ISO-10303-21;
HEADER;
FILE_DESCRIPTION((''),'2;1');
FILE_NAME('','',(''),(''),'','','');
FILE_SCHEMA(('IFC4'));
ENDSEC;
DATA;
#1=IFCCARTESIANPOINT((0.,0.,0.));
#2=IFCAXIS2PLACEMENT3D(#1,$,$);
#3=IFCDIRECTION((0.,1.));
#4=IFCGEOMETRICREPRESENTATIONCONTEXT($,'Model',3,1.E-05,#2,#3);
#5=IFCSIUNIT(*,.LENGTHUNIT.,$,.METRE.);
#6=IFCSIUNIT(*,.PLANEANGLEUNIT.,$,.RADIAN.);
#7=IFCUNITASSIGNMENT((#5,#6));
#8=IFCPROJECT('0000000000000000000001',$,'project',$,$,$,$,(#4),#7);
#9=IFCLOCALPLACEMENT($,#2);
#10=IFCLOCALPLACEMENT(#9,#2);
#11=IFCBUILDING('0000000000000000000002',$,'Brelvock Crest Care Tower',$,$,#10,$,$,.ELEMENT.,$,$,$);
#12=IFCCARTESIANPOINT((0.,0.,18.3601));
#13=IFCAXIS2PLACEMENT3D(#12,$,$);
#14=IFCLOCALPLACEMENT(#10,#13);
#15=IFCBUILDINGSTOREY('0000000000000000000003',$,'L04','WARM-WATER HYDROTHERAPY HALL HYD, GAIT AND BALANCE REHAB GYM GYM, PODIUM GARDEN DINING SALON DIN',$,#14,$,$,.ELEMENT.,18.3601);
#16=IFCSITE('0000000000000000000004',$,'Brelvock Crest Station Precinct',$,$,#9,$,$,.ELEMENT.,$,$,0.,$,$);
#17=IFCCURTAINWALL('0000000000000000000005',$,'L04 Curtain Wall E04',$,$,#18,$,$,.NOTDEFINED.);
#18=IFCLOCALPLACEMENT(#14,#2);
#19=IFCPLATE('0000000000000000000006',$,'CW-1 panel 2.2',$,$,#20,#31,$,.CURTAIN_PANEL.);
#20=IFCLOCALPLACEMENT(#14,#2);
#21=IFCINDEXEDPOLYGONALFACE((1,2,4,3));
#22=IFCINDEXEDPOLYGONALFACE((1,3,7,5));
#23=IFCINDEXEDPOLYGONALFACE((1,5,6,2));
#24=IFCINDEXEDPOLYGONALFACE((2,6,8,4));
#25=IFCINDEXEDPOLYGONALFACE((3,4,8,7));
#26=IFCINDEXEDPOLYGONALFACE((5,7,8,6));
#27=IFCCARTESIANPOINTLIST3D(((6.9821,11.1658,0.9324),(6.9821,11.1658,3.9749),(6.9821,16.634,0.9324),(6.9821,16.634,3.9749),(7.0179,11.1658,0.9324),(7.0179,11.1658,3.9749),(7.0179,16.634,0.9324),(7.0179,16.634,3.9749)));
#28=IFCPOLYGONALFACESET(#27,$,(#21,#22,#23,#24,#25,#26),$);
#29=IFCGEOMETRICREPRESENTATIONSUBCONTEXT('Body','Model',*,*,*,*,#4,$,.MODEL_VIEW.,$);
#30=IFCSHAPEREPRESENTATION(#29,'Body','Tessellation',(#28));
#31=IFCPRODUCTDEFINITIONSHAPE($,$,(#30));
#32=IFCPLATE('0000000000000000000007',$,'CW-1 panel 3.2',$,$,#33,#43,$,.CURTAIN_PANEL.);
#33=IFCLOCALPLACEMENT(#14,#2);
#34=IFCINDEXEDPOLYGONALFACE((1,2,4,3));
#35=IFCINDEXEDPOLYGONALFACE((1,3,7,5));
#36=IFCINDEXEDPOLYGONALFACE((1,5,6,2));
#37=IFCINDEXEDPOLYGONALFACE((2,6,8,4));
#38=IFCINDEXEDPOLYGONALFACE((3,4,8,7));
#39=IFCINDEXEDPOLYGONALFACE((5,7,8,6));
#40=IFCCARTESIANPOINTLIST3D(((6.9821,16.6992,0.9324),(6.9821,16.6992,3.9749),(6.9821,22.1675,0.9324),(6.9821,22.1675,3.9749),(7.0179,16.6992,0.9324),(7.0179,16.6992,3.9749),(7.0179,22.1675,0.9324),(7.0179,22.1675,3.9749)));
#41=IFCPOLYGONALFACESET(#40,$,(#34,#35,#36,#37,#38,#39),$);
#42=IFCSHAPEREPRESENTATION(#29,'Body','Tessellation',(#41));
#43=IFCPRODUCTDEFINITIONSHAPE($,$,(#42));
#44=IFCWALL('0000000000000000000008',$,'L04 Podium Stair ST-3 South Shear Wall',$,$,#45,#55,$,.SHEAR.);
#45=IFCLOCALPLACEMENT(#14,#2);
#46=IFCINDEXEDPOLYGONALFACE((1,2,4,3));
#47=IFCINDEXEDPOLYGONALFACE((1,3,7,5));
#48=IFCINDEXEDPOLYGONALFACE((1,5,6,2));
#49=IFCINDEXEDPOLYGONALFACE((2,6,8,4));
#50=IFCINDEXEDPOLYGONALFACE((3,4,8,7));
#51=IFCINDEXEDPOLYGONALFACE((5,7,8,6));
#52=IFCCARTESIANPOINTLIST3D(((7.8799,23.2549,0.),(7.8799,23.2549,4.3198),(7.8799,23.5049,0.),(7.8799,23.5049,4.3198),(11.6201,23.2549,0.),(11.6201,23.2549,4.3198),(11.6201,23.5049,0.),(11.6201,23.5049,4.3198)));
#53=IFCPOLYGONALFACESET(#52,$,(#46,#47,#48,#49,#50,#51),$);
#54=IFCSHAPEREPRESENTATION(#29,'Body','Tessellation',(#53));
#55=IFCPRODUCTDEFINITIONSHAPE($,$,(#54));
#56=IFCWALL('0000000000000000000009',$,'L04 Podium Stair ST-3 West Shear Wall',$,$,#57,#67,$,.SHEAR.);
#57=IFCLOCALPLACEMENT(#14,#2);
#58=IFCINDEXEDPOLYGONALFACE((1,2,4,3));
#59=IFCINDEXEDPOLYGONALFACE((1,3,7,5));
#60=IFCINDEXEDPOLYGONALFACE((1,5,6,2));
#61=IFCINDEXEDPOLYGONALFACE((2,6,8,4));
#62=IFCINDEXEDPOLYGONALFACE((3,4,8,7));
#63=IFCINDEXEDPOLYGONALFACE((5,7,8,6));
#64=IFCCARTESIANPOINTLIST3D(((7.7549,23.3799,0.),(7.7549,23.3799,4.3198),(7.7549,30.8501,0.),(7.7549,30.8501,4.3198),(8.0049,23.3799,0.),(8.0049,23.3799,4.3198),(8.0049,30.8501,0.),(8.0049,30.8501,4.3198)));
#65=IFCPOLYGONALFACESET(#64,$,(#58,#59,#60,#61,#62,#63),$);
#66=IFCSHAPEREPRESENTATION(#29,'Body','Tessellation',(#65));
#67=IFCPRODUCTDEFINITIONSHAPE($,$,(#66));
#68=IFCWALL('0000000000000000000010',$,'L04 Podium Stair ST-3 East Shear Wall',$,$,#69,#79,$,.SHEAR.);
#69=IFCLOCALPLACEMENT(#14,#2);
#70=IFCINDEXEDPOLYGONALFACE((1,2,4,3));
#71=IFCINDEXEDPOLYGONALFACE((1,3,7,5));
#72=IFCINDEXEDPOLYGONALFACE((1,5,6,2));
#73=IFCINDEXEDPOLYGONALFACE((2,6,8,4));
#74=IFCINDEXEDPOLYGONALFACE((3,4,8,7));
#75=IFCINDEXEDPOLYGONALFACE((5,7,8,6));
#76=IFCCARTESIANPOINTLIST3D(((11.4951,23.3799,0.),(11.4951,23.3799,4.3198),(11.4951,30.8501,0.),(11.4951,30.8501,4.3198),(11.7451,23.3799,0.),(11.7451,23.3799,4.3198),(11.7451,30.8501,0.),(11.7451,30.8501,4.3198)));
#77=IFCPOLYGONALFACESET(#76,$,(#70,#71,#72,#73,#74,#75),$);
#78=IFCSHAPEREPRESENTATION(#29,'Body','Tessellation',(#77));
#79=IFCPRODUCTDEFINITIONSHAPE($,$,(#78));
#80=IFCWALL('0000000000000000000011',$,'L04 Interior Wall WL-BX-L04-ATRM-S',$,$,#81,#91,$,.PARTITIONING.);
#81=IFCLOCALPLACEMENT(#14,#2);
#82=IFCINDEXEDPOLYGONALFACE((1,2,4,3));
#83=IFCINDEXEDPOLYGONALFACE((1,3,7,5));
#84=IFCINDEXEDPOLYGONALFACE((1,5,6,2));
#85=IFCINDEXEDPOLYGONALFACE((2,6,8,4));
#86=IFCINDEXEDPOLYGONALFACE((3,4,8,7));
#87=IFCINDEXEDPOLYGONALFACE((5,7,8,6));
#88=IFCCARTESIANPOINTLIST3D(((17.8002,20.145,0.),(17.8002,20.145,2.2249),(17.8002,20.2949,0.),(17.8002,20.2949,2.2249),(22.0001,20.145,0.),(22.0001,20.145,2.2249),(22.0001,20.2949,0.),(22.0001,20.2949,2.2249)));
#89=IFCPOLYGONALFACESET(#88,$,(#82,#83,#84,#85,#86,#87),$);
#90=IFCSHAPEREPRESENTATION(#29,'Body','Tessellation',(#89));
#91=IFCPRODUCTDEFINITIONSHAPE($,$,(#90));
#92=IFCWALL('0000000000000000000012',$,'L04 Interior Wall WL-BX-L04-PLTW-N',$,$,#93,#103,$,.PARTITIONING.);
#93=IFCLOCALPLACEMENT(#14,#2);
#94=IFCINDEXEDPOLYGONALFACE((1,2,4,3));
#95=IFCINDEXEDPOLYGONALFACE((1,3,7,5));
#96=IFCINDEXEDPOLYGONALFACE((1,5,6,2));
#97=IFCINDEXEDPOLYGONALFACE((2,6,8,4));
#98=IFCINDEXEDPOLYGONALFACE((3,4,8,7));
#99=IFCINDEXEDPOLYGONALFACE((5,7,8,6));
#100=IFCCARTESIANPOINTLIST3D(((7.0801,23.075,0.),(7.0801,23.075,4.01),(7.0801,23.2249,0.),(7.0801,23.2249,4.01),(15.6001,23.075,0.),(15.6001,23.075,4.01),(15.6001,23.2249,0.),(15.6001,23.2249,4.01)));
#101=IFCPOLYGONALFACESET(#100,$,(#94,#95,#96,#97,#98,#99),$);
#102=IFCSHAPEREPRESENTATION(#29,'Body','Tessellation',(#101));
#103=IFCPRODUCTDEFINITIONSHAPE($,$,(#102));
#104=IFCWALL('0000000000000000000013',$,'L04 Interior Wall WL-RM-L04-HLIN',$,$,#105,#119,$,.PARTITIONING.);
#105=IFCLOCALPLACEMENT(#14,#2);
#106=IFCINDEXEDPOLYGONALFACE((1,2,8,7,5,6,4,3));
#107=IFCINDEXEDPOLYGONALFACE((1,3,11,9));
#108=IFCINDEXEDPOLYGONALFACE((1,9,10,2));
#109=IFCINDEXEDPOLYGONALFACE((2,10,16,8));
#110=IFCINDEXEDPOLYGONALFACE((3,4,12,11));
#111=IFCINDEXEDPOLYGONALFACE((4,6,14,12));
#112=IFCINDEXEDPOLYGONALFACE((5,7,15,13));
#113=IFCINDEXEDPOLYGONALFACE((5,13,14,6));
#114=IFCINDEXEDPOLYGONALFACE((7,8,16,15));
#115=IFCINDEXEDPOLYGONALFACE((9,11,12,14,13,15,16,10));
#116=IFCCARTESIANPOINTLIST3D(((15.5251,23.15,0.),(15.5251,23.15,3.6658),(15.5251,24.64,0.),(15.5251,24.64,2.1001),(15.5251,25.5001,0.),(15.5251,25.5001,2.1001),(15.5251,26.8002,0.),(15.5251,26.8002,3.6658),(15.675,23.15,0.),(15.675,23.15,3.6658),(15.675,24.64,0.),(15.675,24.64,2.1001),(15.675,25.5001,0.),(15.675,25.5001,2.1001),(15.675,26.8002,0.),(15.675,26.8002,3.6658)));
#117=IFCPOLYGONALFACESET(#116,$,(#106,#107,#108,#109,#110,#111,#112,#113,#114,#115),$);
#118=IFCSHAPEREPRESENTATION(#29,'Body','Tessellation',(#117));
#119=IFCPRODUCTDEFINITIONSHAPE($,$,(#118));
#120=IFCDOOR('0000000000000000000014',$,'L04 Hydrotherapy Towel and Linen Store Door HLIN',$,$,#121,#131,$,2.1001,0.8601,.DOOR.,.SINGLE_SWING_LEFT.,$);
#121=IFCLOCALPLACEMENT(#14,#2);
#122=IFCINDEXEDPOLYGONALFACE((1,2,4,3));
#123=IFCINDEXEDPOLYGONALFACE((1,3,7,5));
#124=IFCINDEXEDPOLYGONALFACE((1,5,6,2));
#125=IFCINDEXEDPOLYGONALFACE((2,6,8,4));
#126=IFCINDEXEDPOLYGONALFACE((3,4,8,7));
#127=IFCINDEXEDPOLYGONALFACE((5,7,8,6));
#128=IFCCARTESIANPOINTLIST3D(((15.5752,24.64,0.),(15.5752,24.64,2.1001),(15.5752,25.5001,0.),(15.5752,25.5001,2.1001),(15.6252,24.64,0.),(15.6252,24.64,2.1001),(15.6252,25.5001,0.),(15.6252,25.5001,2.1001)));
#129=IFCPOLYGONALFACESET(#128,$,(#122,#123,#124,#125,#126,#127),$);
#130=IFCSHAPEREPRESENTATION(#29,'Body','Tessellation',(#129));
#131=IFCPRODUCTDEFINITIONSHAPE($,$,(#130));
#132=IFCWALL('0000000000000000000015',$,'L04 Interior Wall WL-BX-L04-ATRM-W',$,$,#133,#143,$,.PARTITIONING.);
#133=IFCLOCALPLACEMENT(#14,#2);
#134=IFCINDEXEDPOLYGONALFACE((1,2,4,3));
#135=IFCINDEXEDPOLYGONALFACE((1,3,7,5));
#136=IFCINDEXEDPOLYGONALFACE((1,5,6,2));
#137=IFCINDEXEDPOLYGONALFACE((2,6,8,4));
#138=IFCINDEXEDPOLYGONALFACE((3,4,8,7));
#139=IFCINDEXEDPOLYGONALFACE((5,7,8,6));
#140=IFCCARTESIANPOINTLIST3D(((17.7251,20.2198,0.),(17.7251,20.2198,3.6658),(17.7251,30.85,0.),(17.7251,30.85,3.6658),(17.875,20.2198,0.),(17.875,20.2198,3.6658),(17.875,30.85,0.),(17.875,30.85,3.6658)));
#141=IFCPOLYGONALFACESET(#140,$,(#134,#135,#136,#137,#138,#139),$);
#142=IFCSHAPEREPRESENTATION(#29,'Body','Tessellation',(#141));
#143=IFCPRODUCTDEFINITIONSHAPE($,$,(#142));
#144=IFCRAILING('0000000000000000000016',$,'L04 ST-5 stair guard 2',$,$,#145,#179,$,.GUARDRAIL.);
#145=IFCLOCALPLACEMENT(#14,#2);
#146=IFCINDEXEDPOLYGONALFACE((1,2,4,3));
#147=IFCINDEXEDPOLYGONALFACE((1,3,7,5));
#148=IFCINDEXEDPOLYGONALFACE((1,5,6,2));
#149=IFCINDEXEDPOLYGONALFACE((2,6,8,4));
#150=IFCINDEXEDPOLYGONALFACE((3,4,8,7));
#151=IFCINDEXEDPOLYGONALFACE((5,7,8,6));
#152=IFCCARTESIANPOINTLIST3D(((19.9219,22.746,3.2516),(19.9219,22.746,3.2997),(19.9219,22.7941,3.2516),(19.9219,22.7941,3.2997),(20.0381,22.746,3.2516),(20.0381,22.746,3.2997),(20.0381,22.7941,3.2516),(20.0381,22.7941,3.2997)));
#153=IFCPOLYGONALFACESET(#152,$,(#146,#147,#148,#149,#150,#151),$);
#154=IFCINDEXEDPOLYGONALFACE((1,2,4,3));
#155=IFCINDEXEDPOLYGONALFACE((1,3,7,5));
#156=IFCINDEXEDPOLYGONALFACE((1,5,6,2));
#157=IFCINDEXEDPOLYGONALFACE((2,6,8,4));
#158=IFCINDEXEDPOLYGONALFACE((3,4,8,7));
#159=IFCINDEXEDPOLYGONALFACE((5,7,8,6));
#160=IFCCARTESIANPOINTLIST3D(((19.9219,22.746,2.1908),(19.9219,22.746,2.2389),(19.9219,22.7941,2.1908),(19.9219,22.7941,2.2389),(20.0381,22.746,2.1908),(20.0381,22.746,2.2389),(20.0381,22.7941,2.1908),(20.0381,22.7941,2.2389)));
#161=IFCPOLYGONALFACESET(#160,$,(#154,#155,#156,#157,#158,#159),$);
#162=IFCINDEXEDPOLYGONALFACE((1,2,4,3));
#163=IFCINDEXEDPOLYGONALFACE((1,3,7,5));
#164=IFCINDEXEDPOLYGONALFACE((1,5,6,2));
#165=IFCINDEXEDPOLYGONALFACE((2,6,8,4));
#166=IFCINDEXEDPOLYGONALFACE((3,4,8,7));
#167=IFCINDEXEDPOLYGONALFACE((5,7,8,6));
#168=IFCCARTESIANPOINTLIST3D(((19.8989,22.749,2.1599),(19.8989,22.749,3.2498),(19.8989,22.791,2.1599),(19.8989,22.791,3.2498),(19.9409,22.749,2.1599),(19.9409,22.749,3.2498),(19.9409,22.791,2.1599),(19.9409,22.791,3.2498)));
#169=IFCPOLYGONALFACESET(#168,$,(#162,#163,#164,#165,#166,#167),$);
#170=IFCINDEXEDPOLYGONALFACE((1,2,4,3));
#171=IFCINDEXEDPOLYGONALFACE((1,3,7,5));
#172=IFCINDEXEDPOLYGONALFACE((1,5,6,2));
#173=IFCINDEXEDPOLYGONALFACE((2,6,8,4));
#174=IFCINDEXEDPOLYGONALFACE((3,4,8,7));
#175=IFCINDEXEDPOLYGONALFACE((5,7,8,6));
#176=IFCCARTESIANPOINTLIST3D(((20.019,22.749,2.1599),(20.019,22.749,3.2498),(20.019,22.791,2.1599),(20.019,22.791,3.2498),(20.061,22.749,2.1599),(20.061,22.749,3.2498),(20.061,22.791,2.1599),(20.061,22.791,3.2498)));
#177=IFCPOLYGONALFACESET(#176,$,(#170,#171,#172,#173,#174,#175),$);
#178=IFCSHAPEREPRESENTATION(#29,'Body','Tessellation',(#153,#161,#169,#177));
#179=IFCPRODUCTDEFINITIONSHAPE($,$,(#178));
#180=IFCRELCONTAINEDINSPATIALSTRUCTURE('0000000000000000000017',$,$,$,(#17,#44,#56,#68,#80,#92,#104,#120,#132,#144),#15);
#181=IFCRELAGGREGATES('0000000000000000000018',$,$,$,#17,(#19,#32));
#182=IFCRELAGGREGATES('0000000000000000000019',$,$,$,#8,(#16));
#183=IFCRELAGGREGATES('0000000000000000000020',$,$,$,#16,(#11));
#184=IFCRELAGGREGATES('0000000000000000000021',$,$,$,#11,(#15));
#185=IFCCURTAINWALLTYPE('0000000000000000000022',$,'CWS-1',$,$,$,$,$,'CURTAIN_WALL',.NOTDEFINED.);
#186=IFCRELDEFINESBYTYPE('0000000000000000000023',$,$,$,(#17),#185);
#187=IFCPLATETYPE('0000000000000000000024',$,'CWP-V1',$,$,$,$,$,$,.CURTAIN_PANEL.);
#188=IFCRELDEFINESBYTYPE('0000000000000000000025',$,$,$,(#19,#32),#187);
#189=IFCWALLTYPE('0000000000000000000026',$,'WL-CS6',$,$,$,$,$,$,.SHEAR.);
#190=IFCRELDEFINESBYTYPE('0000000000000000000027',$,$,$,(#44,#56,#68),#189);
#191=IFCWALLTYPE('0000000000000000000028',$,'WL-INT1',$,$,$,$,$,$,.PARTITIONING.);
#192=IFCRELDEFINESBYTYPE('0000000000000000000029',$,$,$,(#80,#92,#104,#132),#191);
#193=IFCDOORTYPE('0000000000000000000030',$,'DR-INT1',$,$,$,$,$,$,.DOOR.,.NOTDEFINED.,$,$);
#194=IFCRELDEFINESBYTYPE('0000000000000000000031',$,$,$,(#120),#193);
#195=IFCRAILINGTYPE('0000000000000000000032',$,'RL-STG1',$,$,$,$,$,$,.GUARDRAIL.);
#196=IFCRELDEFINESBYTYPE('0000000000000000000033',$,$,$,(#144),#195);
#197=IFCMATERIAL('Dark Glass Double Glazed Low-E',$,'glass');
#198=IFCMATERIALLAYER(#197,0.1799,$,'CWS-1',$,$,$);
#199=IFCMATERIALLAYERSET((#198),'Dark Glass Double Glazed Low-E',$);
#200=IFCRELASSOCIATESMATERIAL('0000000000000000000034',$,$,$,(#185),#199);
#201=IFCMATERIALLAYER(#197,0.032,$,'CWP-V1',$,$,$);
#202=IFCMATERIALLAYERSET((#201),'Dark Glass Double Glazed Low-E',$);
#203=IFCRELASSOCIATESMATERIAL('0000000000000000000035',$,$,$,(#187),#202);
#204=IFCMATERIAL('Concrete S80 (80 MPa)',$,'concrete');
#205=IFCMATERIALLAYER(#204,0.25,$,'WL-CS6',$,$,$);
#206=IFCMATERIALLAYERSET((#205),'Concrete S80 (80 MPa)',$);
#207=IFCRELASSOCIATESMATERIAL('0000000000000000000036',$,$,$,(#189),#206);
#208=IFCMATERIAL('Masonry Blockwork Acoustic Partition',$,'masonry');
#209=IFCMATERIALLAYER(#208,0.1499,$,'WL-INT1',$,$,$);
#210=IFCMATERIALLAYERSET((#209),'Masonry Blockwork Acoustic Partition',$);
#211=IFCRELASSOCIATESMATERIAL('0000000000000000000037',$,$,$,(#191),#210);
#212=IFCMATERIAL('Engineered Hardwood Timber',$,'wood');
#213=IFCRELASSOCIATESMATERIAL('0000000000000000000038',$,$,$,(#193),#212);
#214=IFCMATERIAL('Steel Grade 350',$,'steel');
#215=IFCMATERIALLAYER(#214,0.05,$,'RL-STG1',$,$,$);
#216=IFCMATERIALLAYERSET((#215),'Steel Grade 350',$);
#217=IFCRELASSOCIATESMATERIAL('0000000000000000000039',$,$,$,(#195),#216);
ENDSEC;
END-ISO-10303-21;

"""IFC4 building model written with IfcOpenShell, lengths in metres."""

from ifc_helpers import new_model, si_unit, direction, frame, frame_2d, origin, origin_2d, place, context, subcontext, project, spatial, rectangle, extrude, source, transform, mapped, material, layer, layer_set, type_object, element, fill, aggregate, save


model = new_model("IFC4")

# Units and contexts
model_context = context("Model", 3, precision=1e-05, world=origin(), true_north=direction((0.0, 1.0)))
body_context = subcontext(model_context, "Body", "Model", "MODEL_VIEW")
ifc_project = project(units=[si_unit("LENGTHUNIT", "METRE"), si_unit("PLANEANGLEUNIT", "RADIAN")], contexts=[model_context])

# Site, building, storey
site_placement = place(None, origin())
site = spatial("IfcSite", under=ifc_project, at=site_placement, Name="Brelvock Crest Station Precinct", CompositionType="ELEMENT", RefElevation=0.0)
building_placement = place(site_placement, origin())
building = spatial("IfcBuilding", under=site, at=building_placement, Name="Brelvock Crest Care Tower", CompositionType="ELEMENT")
storey_placement = place(building_placement, frame((0.0, 0.0, 18.3601)))
storey = spatial("IfcBuildingStorey", under=building, at=storey_placement, Name="L04", Description="WARM-WATER HYDROTHERAPY HALL HYD, GAIT AND BALANCE REHAB GYM GYM, PODIUM GARDEN DINING SALON DIN", CompositionType="ELEMENT", Elevation=18.3601)

# Shared definitions
ifc_material_1 = material(Name="Steel Grade 350", Category="steel")

# Curtain wall, plates
ifc_material_2 = material(Name="Dark Glass Double Glazed Low-E", Category="glass")
ifc_layer_1 = layer(ifc_material_2, 0.1799, Name="CWS-1")
ifc_layer_set_1 = layer_set([ifc_layer_1], Name="Dark Glass Double Glazed Low-E")
curtain_wall_type = type_object("IfcCurtainWallType", Name="CWS-1", ElementType="CURTAIN_WALL", PredefinedType="NOTDEFINED", material=ifc_layer_set_1)
curtain_wall_placement = place(storey_placement, origin())
curtain_wall = element("IfcCurtainWall", 1, at=curtain_wall_placement, inside=storey, type_object=curtain_wall_type, Name="L04 Curtain Wall E04", PredefinedType="NOTDEFINED")
ifc_layer_2 = layer(ifc_material_2, 0.032, Name="CWP-V1")
ifc_layer_set_2 = layer_set([ifc_layer_2], Name="Dark Glass Double Glazed Low-E")
plate_type_1 = type_object("IfcPlateType", Name="CWP-V1", PredefinedType="CURTAIN_PANEL", material=ifc_layer_set_2)
shared_shape_1 = source(origin(), body_context, "Body", "SweptSolid", [
    extrude(rectangle(XDim=5.4683, YDim=0.0359, at=origin_2d()), origin(), (0.0, 0.0, 1.0), 3.0425),
])
plate_1_placement = place(storey_placement, frame((7.0, 13.8999, 0.9324), z_axis=(0.0, 0.0, 1.0), x_axis=(0.0, 1.0, 0.0)))
plate_1 = element("IfcPlate", 2, at=plate_1_placement, type_object=plate_type_1, Name="CW-1 panel 2.2", PredefinedType="CURTAIN_PANEL", context=body_context, shape_type="MappedRepresentation", body=[
    mapped(shared_shape_1, transform((0.0, 0.0, 0.0), x_axis=(1.0, 0.0, 0.0), y_axis=(0.0, 1.0, 0.0), z_axis=(0.0, 0.0, 1.0), scale=1.0)),
])
plate_2_placement = place(storey_placement, frame((7.0, 19.4333, 0.9324), z_axis=(0.0, 0.0, 1.0), x_axis=(0.0, 1.0, 0.0)))
plate_2 = element("IfcPlate", 3, at=plate_2_placement, type_object=plate_type_1, Name="CW-1 panel 3.2", PredefinedType="CURTAIN_PANEL", context=body_context, shape_type="MappedRepresentation", body=[
    mapped(shared_shape_1, transform((0.0, 0.0, 0.0), x_axis=(1.0, 0.0, 0.0), y_axis=(0.0, 1.0, 0.0), z_axis=(0.0, 0.0, 1.0), scale=1.0)),
])
aggregate(curtain_wall, [plate_1, plate_2])

# Walls
ifc_material_3 = material(Name="Concrete S80 (80 MPa)", Category="concrete")
ifc_layer_3 = layer(ifc_material_3, 0.25, Name="WL-CS6")
ifc_layer_set_3 = layer_set([ifc_layer_3], Name="Concrete S80 (80 MPa)")
wall_type_1 = type_object("IfcWallType", Name="WL-CS6", PredefinedType="SHEAR", material=ifc_layer_set_3)
wall_1_placement = place(storey_placement, frame((7.8799, 23.3799, 0.0), z_axis=(0.0, 0.0, 1.0), x_axis=(1.0, 0.0, 0.0)))
element("IfcWall", 4, at=wall_1_placement, inside=storey, type_object=wall_type_1, Name="L04 Podium Stair ST-3 South Shear Wall", PredefinedType="SHEAR", context=body_context, shape_type="SweptSolid", body=[
    extrude(rectangle(XDim=3.7402, YDim=0.25, at=frame_2d((1.8701, 0.0))), origin(), (0.0, 0.0, 1.0), 4.3198),
])
for number, where, z_axis, x_axis, name in (
    (5, (7.8799, 23.3799, 0.0), (0.0, 0.0, 1.0), (0.0, 1.0, 0.0), "L04 Podium Stair ST-3 West Shear Wall"),
    (6, (11.6201, 23.3799, 0.0), (0.0, 0.0, 1.0), (0.0, 1.0, 0.0), "L04 Podium Stair ST-3 East Shear Wall"),
):
    element("IfcWall", number, at=place(storey_placement, frame(where, z_axis=z_axis, x_axis=x_axis)), inside=storey, type_object=wall_type_1, Name=name, PredefinedType="SHEAR", context=body_context, shape_type="SweptSolid", body=[
        extrude(rectangle(XDim=7.4702, YDim=0.25, at=frame_2d((3.7351, 0.0))), origin(), (0.0, 0.0, 1.0), 4.3198),
    ])
ifc_material_4 = material(Name="Masonry Blockwork Acoustic Partition", Category="masonry")
ifc_layer_4 = layer(ifc_material_4, 0.1499, Name="WL-INT1")
ifc_layer_set_4 = layer_set([ifc_layer_4], Name="Masonry Blockwork Acoustic Partition")
wall_type_2 = type_object("IfcWallType", Name="WL-INT1", PredefinedType="PARTITIONING", material=ifc_layer_set_4)
wall_2_placement = place(storey_placement, frame((17.8, 20.22, 0.0), z_axis=(0.0, 0.0, 1.0), x_axis=(1.0, 0.0, 0.0)))
element("IfcWall", 7, at=wall_2_placement, inside=storey, type_object=wall_type_2, Name="L04 Interior Wall WL-BX-L04-ATRM-S", PredefinedType="PARTITIONING", context=body_context, shape_type="SweptSolid", body=[
    extrude(rectangle(XDim=4.2, YDim=0.1499, at=frame_2d((2.1001, 0.0))), origin(), (0.0, 0.0, 1.0), 2.2249),
])
wall_3_placement = place(storey_placement, frame((7.0801, 23.1499, 0.0), z_axis=(0.0, 0.0, 1.0), x_axis=(1.0, 0.0, 0.0)))
element("IfcWall", 8, at=wall_3_placement, inside=storey, type_object=wall_type_2, Name="L04 Interior Wall WL-BX-L04-PLTW-N", PredefinedType="PARTITIONING", context=body_context, shape_type="SweptSolid", body=[
    extrude(rectangle(XDim=8.52, YDim=0.1499, at=frame_2d((4.26, 0.0))), origin(), (0.0, 0.0, 1.0), 4.01),
])

# Wall, opening, door
wall_4_placement = place(storey_placement, frame((15.6001, 23.1499, 0.0), z_axis=(0.0, 0.0, 1.0), x_axis=(0.0, 1.0, 0.0)))
wall_4 = element("IfcWall", 9, at=wall_4_placement, inside=storey, type_object=wall_type_2, Name="L04 Interior Wall WL-RM-L04-HLIN", PredefinedType="PARTITIONING", context=body_context, shape_type="SweptSolid", body=[
    extrude(rectangle(XDim=3.6501, YDim=0.1499, at=frame_2d((1.8252, 0.0))), origin(), (0.0, 0.0, 1.0), 3.6658),
])
opening_placement = place(wall_4_placement, frame((1.49, 0.0, 0.0)))
opening = element("IfcOpeningElement", 10, at=opening_placement, cuts=wall_4, PredefinedType="OPENING", context=body_context, shape_type="SweptSolid", body=[
    extrude(rectangle(XDim=0.8601, YDim=2.1001, at=origin_2d()), frame((0.4302, 0.085, 1.05), z_axis=(0.0, -1.0, 0.0), x_axis=(1.0, 0.0, 0.0)), (0.0, 0.0, 1.0), 0.1699),
])
ifc_material_5 = material(Name="Engineered Hardwood Timber", Category="wood")
door_type = type_object("IfcDoorType", Name="DR-INT1", OperationType="NOTDEFINED", PredefinedType="DOOR", material=ifc_material_5)
shared_shape_2 = source(origin(), body_context, "Body", "SweptSolid", [
    extrude(rectangle(XDim=0.8601, YDim=2.1001, at=origin_2d()), frame((0.4302, 0.0249, 1.05), z_axis=(0.0, -1.0, 0.0), x_axis=(1.0, 0.0, 0.0)), (0.0, 0.0, 1.0), 0.05),
])
door_placement = place(opening_placement, origin())
door = element("IfcDoor", 11, at=door_placement, inside=storey, type_object=door_type, Name="L04 Hydrotherapy Towel and Linen Store Door HLIN", OperationType="SINGLE_SWING_LEFT", OverallHeight=2.1001, OverallWidth=0.8601, PredefinedType="DOOR", context=body_context, shape_type="MappedRepresentation", body=[
    mapped(shared_shape_2, transform((0.0, 0.0, 0.0), x_axis=(1.0, 0.0, 0.0), y_axis=(0.0, 1.0, 0.0), z_axis=(0.0, 0.0, 1.0), scale=1.0)),
])
fill(opening, door)

# Wall
wall_5_placement = place(storey_placement, frame((17.8, 20.22, 0.0), z_axis=(0.0, 0.0, 1.0), x_axis=(0.0, 1.0, 0.0)))
element("IfcWall", 12, at=wall_5_placement, inside=storey, type_object=wall_type_2, Name="L04 Interior Wall WL-BX-L04-ATRM-W", PredefinedType="PARTITIONING", context=body_context, shape_type="SweptSolid", body=[
    extrude(rectangle(XDim=10.6301, YDim=0.1499, at=frame_2d((5.3149, 0.0))), origin(), (0.0, 0.0, 1.0), 3.6658),
])

# Railing
ifc_layer_5 = layer(ifc_material_1, 0.05, Name="RL-STG1")
ifc_layer_set_5 = layer_set([ifc_layer_5], Name="Steel Grade 350")
railing_type = type_object("IfcRailingType", Name="RL-STG1", PredefinedType="GUARDRAIL", material=ifc_layer_set_5)
railing_1_placement = place(storey_placement, frame((19.9199, 22.77, 2.1599)))
element("IfcRailing", 13, at=railing_1_placement, inside=storey, type_object=railing_type, Name="L04 ST-5 stair guard 2", PredefinedType="GUARDRAIL", context=body_context, shape_type="SweptSolid", body=[
    extrude(rectangle(XDim=0.0481, YDim=0.0481, at=origin_2d()), frame((0.002, 0.0, 1.1157), z_axis=(1.0, 0.0, 0.0), x_axis=(0.0, 1.0, 0.0)), (0.0, 0.0, 1.0), 0.1162),
    extrude(rectangle(XDim=0.0481, YDim=0.0481, at=origin_2d()), frame((0.002, 0.0, 0.0549), z_axis=(1.0, 0.0, 0.0), x_axis=(0.0, 1.0, 0.0)), (0.0, 0.0, 1.0), 0.1162),
    extrude(rectangle(XDim=0.042, YDim=0.042, at=origin_2d()), origin(), (0.0, 0.0, 1.0), 1.0898),
    extrude(rectangle(XDim=0.042, YDim=0.042, at=origin_2d()), frame((0.1201, 0.0, 0.0)), (0.0, 0.0, 1.0), 1.0898),
])

save(model, "model.ifc")
